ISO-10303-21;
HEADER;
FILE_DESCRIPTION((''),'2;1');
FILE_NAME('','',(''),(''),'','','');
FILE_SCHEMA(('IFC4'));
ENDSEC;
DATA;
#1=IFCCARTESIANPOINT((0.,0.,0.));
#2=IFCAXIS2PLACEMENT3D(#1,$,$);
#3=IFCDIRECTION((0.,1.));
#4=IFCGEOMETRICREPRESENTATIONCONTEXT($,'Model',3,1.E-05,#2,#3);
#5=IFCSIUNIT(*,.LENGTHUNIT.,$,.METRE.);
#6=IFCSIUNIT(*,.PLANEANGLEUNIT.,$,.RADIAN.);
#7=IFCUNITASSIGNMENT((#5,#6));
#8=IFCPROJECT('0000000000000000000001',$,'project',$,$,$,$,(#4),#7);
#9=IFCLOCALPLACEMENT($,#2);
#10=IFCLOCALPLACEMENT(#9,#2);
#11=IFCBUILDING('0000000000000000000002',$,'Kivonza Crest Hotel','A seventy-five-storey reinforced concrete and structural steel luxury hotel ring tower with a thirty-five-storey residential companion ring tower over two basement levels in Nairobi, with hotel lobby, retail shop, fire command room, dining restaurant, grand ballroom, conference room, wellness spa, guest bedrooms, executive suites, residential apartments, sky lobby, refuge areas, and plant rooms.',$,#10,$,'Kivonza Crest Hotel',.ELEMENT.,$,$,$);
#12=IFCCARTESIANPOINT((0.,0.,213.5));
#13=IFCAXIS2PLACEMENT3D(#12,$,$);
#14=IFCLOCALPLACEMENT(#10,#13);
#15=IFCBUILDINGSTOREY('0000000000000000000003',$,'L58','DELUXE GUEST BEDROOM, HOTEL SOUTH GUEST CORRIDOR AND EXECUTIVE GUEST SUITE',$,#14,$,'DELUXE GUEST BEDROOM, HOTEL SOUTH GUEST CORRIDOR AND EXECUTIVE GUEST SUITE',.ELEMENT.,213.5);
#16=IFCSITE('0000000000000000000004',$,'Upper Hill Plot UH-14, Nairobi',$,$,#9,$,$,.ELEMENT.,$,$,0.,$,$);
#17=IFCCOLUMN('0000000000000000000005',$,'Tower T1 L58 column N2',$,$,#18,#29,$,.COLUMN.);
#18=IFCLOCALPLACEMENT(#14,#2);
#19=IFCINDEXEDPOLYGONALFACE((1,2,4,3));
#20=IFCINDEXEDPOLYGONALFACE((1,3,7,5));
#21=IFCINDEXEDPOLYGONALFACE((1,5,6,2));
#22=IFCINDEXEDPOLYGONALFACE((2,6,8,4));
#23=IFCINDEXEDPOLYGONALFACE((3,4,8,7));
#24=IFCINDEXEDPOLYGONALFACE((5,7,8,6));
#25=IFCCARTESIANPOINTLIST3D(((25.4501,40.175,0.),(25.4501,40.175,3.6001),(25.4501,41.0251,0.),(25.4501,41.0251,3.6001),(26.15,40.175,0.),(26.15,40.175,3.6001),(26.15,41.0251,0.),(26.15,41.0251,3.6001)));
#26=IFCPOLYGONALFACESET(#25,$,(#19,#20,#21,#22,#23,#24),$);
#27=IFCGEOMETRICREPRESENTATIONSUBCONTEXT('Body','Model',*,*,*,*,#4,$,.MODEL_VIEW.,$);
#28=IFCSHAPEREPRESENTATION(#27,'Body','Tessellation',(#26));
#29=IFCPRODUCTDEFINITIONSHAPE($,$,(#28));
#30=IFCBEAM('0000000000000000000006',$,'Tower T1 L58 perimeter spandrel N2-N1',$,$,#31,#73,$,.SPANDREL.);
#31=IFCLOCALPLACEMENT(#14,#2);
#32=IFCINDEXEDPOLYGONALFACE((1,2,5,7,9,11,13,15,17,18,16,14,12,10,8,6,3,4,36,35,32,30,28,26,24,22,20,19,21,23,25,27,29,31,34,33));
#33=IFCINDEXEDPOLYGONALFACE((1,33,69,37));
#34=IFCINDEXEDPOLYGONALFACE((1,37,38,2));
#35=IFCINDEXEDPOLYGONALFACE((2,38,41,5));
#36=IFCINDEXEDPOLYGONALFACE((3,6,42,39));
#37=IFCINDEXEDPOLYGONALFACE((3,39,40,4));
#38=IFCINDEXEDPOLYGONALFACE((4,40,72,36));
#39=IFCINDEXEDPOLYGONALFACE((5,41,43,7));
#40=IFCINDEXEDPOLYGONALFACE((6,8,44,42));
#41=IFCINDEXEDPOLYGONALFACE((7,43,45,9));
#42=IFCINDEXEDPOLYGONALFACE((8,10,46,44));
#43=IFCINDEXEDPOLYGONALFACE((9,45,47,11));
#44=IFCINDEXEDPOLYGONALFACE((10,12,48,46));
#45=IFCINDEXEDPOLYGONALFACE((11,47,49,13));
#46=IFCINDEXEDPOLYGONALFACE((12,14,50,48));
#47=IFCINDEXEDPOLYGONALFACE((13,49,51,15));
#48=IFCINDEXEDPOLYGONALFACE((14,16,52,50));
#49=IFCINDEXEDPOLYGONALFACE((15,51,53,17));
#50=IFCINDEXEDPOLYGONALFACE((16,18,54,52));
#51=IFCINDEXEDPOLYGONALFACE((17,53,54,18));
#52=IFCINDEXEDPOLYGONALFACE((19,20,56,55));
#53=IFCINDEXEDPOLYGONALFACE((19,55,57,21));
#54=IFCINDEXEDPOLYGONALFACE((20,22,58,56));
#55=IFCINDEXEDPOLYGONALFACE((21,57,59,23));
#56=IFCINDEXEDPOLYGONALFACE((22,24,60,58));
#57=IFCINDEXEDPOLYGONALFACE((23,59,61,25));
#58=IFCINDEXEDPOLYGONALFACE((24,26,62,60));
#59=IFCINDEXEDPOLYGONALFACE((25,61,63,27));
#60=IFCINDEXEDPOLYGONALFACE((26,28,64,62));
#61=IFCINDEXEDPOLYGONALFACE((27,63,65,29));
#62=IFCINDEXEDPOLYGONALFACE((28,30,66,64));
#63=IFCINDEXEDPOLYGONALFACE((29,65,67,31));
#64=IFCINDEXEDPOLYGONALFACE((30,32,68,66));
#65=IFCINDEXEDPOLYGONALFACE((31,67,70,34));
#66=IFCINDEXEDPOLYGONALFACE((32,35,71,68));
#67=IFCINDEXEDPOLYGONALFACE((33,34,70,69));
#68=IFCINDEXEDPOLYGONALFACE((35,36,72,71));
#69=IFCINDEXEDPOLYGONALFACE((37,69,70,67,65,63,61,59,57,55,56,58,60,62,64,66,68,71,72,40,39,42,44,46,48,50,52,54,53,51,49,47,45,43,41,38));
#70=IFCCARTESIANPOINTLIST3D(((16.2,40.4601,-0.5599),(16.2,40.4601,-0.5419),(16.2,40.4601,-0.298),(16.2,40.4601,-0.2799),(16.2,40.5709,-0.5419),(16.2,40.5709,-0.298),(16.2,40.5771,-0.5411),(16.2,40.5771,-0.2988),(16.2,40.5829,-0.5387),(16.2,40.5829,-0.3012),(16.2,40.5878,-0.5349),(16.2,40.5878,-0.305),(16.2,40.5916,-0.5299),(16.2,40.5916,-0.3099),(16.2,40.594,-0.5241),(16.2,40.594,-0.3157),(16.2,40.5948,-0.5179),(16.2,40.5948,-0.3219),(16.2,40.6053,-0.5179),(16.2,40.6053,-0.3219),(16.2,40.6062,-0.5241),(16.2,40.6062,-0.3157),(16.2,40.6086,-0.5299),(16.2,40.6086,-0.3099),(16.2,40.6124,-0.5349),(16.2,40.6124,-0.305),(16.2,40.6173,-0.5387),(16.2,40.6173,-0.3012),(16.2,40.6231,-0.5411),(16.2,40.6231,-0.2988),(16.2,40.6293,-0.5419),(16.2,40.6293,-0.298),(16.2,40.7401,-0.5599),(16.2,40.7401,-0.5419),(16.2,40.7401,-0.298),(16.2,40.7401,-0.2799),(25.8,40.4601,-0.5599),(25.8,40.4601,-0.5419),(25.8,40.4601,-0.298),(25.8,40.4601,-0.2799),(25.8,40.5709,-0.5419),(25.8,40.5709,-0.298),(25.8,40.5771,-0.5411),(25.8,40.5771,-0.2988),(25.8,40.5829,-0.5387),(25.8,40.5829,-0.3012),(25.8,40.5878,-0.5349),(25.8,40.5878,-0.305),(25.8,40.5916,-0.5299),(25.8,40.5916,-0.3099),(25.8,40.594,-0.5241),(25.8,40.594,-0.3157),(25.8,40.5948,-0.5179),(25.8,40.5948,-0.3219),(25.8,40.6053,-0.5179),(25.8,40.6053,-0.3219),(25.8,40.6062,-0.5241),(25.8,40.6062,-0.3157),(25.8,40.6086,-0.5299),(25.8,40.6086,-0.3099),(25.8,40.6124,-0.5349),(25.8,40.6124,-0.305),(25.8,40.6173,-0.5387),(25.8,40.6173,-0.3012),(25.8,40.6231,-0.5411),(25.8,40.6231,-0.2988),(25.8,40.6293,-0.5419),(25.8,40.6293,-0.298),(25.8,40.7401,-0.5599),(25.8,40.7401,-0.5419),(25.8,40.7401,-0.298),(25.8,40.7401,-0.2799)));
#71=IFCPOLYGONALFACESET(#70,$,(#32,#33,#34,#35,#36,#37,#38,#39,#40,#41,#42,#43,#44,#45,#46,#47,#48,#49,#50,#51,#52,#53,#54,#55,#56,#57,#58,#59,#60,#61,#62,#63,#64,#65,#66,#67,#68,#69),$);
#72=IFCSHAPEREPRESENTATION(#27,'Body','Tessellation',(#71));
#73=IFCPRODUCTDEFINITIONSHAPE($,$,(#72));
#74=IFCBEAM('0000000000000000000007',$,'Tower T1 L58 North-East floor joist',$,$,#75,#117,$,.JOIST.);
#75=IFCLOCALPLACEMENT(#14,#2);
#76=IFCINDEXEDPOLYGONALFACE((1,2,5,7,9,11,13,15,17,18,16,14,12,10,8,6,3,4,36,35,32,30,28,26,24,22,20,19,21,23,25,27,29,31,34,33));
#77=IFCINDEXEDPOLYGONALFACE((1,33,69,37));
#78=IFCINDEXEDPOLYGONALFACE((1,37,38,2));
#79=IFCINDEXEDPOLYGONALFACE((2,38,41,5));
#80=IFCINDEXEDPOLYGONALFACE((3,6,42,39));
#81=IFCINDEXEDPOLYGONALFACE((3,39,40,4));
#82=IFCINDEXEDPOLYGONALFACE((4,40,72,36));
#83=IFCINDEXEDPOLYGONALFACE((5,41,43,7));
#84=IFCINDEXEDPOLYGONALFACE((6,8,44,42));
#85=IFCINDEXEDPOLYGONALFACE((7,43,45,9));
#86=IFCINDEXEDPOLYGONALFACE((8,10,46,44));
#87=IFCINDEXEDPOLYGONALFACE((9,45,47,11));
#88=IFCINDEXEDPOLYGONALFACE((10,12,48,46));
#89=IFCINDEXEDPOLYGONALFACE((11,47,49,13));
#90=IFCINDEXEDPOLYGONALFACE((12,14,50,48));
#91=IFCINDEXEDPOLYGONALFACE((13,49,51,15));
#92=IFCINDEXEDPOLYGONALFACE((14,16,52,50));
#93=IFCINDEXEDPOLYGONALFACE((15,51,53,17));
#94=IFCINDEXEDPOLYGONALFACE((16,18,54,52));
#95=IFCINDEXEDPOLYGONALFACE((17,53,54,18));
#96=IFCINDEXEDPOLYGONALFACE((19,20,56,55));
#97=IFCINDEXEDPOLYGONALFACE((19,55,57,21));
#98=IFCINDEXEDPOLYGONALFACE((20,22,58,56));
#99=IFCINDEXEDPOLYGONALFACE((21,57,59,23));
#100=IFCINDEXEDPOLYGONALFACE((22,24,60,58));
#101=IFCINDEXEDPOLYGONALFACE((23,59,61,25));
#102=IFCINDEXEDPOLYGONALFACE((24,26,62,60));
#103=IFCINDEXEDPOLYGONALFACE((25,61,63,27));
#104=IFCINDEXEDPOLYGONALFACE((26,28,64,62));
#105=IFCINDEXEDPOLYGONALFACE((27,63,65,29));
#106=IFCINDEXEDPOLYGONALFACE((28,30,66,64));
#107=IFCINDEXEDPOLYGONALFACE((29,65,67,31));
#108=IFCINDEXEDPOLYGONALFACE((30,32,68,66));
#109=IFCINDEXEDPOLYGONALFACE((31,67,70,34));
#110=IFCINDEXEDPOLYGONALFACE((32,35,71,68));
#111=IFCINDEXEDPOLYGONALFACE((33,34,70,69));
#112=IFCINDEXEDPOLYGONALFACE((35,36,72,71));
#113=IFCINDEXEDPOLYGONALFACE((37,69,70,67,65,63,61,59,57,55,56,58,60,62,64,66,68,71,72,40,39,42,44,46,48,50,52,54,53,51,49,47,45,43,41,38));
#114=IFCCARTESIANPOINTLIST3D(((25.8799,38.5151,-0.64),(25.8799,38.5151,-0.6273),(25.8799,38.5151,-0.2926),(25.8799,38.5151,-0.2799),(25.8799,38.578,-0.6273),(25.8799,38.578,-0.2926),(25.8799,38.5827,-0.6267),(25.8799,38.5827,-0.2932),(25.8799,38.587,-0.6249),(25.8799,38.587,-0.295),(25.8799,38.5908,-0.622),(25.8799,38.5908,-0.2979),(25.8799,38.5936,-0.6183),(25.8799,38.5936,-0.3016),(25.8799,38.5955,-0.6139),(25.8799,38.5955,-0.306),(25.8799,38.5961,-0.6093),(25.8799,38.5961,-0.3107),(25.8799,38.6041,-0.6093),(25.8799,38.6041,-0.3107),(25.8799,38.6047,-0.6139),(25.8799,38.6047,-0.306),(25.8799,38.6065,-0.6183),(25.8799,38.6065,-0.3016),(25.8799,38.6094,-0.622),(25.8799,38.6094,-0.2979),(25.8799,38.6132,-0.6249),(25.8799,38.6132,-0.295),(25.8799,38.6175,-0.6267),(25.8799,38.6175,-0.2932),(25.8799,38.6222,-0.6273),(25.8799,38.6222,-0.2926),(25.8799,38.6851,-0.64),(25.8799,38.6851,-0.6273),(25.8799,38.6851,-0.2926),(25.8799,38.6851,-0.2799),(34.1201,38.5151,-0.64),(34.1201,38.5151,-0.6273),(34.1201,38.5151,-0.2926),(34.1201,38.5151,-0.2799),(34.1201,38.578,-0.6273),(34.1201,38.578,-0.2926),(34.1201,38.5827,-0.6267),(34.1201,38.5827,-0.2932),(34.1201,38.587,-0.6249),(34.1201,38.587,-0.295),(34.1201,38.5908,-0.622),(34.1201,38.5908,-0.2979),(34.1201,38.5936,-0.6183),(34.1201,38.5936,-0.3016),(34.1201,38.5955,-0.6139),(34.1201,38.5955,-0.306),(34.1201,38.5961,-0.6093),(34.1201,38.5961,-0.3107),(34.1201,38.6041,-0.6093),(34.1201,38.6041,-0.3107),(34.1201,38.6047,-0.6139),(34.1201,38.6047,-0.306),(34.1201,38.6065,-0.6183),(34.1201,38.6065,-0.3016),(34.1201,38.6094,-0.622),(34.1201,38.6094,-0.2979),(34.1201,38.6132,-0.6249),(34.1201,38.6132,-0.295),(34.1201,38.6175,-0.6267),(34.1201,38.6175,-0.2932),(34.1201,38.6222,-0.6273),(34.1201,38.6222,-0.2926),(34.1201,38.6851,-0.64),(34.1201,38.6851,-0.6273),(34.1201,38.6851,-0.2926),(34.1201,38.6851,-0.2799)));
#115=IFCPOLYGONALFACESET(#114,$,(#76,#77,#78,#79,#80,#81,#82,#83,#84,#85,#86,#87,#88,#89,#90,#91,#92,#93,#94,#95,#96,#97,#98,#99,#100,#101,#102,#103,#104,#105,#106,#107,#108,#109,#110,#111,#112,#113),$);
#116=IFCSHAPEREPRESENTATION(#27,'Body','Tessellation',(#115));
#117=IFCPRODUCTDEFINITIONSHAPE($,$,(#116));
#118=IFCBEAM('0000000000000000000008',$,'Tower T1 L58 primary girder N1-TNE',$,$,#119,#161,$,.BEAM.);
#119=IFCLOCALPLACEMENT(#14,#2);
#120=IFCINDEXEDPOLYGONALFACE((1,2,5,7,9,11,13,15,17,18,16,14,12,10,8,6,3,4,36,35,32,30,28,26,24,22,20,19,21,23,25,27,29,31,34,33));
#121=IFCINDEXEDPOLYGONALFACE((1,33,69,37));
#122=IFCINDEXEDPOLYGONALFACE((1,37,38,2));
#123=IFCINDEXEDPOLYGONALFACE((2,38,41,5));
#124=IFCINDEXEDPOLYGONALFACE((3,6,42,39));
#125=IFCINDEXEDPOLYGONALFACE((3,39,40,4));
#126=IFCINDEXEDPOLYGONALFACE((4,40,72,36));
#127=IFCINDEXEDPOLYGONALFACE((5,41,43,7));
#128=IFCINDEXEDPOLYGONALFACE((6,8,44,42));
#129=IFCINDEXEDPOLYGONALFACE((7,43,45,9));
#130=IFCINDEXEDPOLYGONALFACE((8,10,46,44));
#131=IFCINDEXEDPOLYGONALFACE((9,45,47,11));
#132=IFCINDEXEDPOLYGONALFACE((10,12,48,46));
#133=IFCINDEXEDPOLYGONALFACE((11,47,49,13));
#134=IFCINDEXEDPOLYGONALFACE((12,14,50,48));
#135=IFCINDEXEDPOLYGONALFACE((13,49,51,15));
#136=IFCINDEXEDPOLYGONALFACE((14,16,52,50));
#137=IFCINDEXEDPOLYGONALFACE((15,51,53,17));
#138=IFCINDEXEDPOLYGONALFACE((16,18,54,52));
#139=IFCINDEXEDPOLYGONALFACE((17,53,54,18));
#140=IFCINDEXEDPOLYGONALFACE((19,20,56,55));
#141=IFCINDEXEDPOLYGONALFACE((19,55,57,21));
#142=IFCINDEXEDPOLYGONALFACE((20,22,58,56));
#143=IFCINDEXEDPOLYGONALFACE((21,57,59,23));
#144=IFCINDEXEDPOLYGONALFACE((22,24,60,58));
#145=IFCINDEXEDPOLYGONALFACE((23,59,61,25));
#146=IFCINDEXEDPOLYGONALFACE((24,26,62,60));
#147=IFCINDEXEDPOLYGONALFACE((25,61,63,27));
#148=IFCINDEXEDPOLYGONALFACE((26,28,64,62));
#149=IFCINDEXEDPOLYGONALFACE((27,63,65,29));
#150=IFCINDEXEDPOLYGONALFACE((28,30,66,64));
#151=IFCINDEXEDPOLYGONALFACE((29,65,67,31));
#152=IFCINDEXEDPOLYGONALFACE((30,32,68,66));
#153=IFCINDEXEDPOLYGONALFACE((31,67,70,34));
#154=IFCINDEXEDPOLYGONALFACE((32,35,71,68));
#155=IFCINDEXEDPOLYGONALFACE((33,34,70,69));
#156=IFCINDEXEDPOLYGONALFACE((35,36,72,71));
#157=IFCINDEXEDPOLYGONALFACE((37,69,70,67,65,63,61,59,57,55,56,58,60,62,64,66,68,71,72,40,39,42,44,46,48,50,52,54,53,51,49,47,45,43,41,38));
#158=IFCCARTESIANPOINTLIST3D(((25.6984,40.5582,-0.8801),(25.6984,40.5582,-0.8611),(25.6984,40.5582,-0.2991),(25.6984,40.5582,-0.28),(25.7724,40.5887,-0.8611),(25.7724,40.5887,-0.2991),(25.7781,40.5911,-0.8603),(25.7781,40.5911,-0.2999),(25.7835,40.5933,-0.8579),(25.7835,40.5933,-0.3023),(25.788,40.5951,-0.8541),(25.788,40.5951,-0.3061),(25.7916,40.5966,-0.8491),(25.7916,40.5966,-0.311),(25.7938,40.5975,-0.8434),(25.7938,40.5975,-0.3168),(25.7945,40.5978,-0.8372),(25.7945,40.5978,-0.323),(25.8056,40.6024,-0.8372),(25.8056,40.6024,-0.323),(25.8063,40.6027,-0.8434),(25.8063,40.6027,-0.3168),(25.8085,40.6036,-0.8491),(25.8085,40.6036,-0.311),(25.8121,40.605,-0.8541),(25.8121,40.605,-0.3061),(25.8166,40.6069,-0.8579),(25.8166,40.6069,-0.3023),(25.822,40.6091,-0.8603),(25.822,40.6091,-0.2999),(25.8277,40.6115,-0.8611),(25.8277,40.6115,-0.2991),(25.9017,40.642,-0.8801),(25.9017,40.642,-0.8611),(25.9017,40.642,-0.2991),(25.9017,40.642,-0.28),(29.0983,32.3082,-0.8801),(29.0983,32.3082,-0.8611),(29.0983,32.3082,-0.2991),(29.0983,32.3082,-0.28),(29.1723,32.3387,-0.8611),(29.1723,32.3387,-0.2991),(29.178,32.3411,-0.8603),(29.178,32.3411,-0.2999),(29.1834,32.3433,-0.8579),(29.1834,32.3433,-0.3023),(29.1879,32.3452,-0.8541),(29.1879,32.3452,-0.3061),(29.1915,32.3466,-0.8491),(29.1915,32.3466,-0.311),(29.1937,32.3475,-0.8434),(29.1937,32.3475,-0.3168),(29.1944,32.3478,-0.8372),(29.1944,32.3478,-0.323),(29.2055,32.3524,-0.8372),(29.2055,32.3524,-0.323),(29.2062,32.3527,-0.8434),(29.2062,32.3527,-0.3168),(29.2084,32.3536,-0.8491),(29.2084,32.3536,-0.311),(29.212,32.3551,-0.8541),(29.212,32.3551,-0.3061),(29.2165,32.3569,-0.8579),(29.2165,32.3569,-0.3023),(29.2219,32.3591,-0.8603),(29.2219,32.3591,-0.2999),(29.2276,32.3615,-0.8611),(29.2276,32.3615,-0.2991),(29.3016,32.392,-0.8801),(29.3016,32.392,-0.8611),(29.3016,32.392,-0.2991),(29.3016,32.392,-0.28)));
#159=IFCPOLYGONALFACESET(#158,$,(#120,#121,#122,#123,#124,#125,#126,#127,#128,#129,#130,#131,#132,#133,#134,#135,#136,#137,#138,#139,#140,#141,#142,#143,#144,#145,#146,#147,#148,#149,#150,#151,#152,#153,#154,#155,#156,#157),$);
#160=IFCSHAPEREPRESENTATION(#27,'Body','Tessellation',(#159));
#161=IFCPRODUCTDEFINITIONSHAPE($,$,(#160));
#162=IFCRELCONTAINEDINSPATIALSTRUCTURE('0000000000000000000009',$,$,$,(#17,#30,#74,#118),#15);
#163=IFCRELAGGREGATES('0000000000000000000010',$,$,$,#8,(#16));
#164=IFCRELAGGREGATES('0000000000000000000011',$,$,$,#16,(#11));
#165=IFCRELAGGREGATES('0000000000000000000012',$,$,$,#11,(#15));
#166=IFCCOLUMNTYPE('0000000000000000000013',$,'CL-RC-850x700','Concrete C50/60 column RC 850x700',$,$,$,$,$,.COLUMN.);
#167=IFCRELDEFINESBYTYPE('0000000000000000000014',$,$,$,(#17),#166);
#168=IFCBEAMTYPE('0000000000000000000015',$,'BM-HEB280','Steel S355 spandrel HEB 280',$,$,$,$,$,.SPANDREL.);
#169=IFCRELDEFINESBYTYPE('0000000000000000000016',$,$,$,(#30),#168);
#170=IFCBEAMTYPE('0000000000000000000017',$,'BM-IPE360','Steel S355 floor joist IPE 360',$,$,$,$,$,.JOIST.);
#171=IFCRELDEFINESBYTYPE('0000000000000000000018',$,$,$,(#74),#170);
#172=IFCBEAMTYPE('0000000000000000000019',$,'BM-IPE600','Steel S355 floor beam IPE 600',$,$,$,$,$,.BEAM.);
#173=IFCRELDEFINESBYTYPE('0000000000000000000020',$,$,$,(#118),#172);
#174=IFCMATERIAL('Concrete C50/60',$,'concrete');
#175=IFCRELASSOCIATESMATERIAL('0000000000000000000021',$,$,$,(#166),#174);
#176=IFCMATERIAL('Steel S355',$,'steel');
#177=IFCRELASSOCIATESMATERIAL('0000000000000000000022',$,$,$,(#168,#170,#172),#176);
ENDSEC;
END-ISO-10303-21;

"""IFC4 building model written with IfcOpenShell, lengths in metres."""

from ifc_helpers import new_model, si_unit, direction, frame, origin, origin_2d, place, context, subcontext, project, spatial, rectangle, i_section, extrude, material, material_profile, profile_set, type_object, element, save


model = new_model("IFC4")

# Units and contexts
model_context = context("Model", 3, precision=1e-05, world=origin(), true_north=direction((0.0, 1.0)))
body_context = subcontext(model_context, "Body", "Model", "MODEL_VIEW")
ifc_project = project(units=[si_unit("LENGTHUNIT", "METRE"), si_unit("PLANEANGLEUNIT", "RADIAN")], contexts=[model_context])

# Site, building, storey
site_placement = place(None, origin())
site = spatial("IfcSite", under=ifc_project, at=site_placement, Name="Upper Hill Plot UH-14, Nairobi", CompositionType="ELEMENT", RefElevation=0.0)
building_placement = place(site_placement, origin())
building = spatial("IfcBuilding", under=site, at=building_placement, Name="Kivonza Crest Hotel", Description="A seventy-five-storey reinforced concrete and structural steel luxury hotel ring tower with a thirty-five-storey residential companion ring tower over two basement levels in Nairobi, with hotel lobby, retail shop, fire command room, dining restaurant, grand ballroom, conference room, wellness spa, guest bedrooms, executive suites, residential apartments, sky lobby, refuge areas, and plant rooms.", LongName="Kivonza Crest Hotel", CompositionType="ELEMENT")
storey_placement = place(building_placement, frame((0.0, 0.0, 213.5)))
storey = spatial("IfcBuildingStorey", under=building, at=storey_placement, Name="L58", Description="DELUXE GUEST BEDROOM, HOTEL SOUTH GUEST CORRIDOR AND EXECUTIVE GUEST SUITE", LongName="DELUXE GUEST BEDROOM, HOTEL SOUTH GUEST CORRIDOR AND EXECUTIVE GUEST SUITE", CompositionType="ELEMENT", Elevation=213.5)

# Column
ifc_material_1 = material(Name="Concrete C50/60", Category="concrete")
ifc_material_profile_1 = material_profile(ifc_material_1, rectangle(XDim=0.7, YDim=0.8501, at=origin_2d()), Name="RC 850x700")
ifc_profile_set_1 = profile_set([ifc_material_profile_1], Name="Concrete C50/60")
column_type = type_object("IfcColumnType", Name="CL-RC-850x700", Description="Concrete C50/60 column RC 850x700", PredefinedType="COLUMN", material=ifc_profile_set_1)
column_placement = place(storey_placement, frame((25.8, 40.6001, 0.0), z_axis=(0.0, 0.0, 1.0), x_axis=(1.0, 0.0, 0.0)))
element("IfcColumn", 1, at=column_placement, inside=storey, type_object=column_type, Name="Tower T1 L58 column N2", PredefinedType="COLUMN", context=body_context, shape_type="SweptSolid", body=[
    extrude(rectangle(XDim=0.7, YDim=0.8501, at=origin_2d()), origin(), (0.0, 0.0, 1.0), 3.6001),
])

# Beams
ifc_material_2 = material(Name="Steel S355", Category="steel")
ifc_material_profile_2 = material_profile(ifc_material_2, i_section(OverallWidth=0.28, OverallDepth=0.28, WebThickness=0.0105, FlangeThickness=0.0181, FilletRadius=0.0239, at=origin_2d()), Name="HEB 280")
ifc_profile_set_2 = profile_set([ifc_material_profile_2], Name="Steel S355")
beam_type_1 = type_object("IfcBeamType", Name="BM-HEB280", Description="Steel S355 spandrel HEB 280", PredefinedType="SPANDREL", material=ifc_profile_set_2)
beam_1_placement = place(storey_placement, frame((25.8, 40.6001, -0.4199), z_axis=(-1.0, 0.0, 0.0), x_axis=(0.0, -1.0, 0.0)))
element("IfcBeam", 2, at=beam_1_placement, inside=storey, type_object=beam_type_1, Name="Tower T1 L58 perimeter spandrel N2-N1", PredefinedType="SPANDREL", context=body_context, shape_type="SweptSolid", body=[
    extrude(i_section(OverallWidth=0.28, OverallDepth=0.28, WebThickness=0.0105, FlangeThickness=0.0181, FilletRadius=0.0239, at=origin_2d()), origin(), (0.0, 0.0, 1.0), 9.6001),
])
ifc_material_profile_3 = material_profile(ifc_material_2, i_section(OverallWidth=0.1699, OverallDepth=0.3601, WebThickness=0.0081, FlangeThickness=0.0127, FilletRadius=0.0181, at=origin_2d()), Name="IPE 360")
ifc_profile_set_3 = profile_set([ifc_material_profile_3], Name="Steel S355")
beam_type_2 = type_object("IfcBeamType", Name="BM-IPE360", Description="Steel S355 floor joist IPE 360", PredefinedType="JOIST", material=ifc_profile_set_3)
beam_2_placement = place(storey_placement, frame((25.8799, 38.6001, -0.46), z_axis=(1.0, 0.0, 0.0), x_axis=(0.0, 1.0, 0.0)))
element("IfcBeam", 3, at=beam_2_placement, inside=storey, type_object=beam_type_2, Name="Tower T1 L58 North-East floor joist", PredefinedType="JOIST", context=body_context, shape_type="SweptSolid", body=[
    extrude(i_section(OverallWidth=0.1699, OverallDepth=0.3601, WebThickness=0.0081, FlangeThickness=0.0127, FilletRadius=0.0181, at=origin_2d()), origin(), (0.0, 0.0, 1.0), 8.2402),
])
ifc_material_profile_4 = material_profile(ifc_material_2, i_section(OverallWidth=0.22, OverallDepth=0.6001, WebThickness=0.012, FlangeThickness=0.019, FilletRadius=0.0239, at=origin_2d()), Name="IPE 600")
ifc_profile_set_4 = profile_set([ifc_material_profile_4], Name="Steel S355")
beam_type_3 = type_object("IfcBeamType", Name="BM-IPE600", Description="Steel S355 floor beam IPE 600", PredefinedType="BEAM", material=ifc_profile_set_4)
beam_3_placement = place(storey_placement, frame((25.8, 40.6001, -0.5801), z_axis=(0.381022, -0.924566, 0.0), x_axis=(0.924566, 0.381022, 0.0)))
element("IfcBeam", 4, at=beam_3_placement, inside=storey, type_object=beam_type_3, Name="Tower T1 L58 primary girder N1-TNE", PredefinedType="BEAM", context=body_context, shape_type="SweptSolid", body=[
    extrude(i_section(OverallWidth=0.22, OverallDepth=0.6001, WebThickness=0.012, FlangeThickness=0.019, FilletRadius=0.0239, at=origin_2d()), origin(), (0.0, 0.0, 1.0), 8.9231),
])

save(model, "model.ifc")
